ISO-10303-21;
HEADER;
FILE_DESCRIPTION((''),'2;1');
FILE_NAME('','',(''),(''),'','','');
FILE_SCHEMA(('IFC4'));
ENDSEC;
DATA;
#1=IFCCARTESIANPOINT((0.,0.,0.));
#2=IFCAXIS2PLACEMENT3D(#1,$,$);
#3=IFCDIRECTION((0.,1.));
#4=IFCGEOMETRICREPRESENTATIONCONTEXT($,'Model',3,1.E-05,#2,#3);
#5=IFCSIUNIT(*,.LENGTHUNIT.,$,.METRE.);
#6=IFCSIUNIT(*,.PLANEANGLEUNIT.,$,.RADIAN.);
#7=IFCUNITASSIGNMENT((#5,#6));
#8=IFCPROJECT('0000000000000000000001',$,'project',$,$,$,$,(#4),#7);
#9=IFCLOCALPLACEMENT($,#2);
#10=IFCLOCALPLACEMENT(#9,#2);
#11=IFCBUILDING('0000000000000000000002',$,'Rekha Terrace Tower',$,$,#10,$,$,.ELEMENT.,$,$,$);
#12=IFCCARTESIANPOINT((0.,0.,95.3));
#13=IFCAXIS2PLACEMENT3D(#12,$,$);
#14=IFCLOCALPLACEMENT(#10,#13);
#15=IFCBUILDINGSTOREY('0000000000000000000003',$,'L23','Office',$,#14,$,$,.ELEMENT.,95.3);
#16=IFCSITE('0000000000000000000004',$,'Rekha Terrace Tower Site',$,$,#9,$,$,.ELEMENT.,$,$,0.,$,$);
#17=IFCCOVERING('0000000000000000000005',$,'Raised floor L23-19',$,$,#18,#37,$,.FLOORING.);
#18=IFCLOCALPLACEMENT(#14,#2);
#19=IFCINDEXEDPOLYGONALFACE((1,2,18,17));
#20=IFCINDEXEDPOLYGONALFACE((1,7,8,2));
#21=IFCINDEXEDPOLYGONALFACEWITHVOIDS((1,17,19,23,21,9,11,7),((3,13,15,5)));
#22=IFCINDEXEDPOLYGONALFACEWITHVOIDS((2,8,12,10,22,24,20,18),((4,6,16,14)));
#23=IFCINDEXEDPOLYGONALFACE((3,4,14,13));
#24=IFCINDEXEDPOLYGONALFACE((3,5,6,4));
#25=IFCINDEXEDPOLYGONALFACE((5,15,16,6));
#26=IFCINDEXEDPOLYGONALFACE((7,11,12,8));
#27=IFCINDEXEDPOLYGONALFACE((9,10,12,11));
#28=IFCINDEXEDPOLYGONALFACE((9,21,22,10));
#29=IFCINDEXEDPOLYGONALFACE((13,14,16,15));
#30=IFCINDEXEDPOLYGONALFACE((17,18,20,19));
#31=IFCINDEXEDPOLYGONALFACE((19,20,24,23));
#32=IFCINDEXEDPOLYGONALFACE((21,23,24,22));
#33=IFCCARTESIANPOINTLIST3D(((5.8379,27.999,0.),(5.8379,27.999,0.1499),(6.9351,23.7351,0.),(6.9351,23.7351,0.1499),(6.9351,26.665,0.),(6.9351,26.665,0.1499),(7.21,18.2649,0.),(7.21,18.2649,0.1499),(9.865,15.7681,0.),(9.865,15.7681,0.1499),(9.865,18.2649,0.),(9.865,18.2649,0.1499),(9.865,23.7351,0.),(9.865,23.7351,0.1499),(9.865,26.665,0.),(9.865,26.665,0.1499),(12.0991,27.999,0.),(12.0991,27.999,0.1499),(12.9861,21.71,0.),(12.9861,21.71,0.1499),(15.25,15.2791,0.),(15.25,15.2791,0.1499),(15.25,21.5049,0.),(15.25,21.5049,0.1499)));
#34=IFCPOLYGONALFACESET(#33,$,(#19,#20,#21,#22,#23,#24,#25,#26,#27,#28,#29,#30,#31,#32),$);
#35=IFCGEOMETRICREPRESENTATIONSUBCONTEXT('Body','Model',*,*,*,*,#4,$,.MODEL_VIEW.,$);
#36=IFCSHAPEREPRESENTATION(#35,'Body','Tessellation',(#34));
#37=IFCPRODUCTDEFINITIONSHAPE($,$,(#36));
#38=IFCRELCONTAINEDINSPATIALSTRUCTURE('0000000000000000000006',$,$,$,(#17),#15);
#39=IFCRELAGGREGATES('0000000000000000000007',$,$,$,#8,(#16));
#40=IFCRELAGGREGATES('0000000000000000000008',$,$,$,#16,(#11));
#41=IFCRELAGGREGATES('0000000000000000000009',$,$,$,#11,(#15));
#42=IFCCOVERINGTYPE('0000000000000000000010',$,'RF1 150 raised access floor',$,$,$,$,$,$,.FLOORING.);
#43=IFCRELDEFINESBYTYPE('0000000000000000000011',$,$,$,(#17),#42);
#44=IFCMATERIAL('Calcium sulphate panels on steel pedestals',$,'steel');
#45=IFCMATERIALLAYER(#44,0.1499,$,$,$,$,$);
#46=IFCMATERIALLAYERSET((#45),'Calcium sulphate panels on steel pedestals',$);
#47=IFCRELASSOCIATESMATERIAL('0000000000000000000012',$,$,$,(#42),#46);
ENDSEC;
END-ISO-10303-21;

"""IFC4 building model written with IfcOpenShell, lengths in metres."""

from ifc_helpers import new_model, si_unit, direction, frame, origin, place, context, subcontext, project, spatial, polyline, outline, extrude, material, layer, layer_set, type_object, element, save


model = new_model("IFC4")

# Units and contexts
model_context = context("Model", 3, precision=1e-05, world=origin(), true_north=direction((0.0, 1.0)))
body_context = subcontext(model_context, "Body", "Model", "MODEL_VIEW")
ifc_project = project(units=[si_unit("LENGTHUNIT", "METRE"), si_unit("PLANEANGLEUNIT", "RADIAN")], contexts=[model_context])

# Site, building, storey
site_placement = place(None, origin())
site = spatial("IfcSite", under=ifc_project, at=site_placement, Name="Rekha Terrace Tower Site", CompositionType="ELEMENT", RefElevation=0.0)
building_placement = place(site_placement, origin())
building = spatial("IfcBuilding", under=site, at=building_placement, Name="Rekha Terrace Tower", CompositionType="ELEMENT")
storey_placement = place(building_placement, frame((0.0, 0.0, 95.3)))
storey = spatial("IfcBuildingStorey", under=building, at=storey_placement, Name="L23", Description="Office", CompositionType="ELEMENT", Elevation=95.3)

# Covering
ifc_material_1 = material(Name="Calcium sulphate panels on steel pedestals", Category="steel")
ifc_layer_1 = layer(ifc_material_1, 0.1499)
ifc_layer_set_1 = layer_set([ifc_layer_1], Name="Calcium sulphate panels on steel pedestals")
covering_type_1 = type_object("IfcCoveringType", Name="RF1 150 raised access floor", PredefinedType="FLOORING", material=ifc_layer_set_1)
covering_1_placement = place(storey_placement, origin())
element("IfcCovering", 1, at=covering_1_placement, inside=storey, type_object=covering_type_1, Name="Raised floor L23-19", PredefinedType="FLOORING", context=body_context, shape_type="SweptSolid", body=[
    extrude(outline(polyline([(15.25, 21.5049), (12.9861, 21.71), (12.0991, 27.999), (5.8379, 27.999), (7.21, 18.2649), (9.865, 18.2649), (9.865, 15.7681), (15.25, 15.2791), (15.25, 21.5049)]), holes=[polyline([(9.865, 23.7351), (6.9351, 23.7351), (6.9351, 26.665), (9.865, 26.665), (9.865, 23.7351)])]), origin(), (0.0, 0.0, 1.0), 0.1499),
])

save(model, "model.ifc")
